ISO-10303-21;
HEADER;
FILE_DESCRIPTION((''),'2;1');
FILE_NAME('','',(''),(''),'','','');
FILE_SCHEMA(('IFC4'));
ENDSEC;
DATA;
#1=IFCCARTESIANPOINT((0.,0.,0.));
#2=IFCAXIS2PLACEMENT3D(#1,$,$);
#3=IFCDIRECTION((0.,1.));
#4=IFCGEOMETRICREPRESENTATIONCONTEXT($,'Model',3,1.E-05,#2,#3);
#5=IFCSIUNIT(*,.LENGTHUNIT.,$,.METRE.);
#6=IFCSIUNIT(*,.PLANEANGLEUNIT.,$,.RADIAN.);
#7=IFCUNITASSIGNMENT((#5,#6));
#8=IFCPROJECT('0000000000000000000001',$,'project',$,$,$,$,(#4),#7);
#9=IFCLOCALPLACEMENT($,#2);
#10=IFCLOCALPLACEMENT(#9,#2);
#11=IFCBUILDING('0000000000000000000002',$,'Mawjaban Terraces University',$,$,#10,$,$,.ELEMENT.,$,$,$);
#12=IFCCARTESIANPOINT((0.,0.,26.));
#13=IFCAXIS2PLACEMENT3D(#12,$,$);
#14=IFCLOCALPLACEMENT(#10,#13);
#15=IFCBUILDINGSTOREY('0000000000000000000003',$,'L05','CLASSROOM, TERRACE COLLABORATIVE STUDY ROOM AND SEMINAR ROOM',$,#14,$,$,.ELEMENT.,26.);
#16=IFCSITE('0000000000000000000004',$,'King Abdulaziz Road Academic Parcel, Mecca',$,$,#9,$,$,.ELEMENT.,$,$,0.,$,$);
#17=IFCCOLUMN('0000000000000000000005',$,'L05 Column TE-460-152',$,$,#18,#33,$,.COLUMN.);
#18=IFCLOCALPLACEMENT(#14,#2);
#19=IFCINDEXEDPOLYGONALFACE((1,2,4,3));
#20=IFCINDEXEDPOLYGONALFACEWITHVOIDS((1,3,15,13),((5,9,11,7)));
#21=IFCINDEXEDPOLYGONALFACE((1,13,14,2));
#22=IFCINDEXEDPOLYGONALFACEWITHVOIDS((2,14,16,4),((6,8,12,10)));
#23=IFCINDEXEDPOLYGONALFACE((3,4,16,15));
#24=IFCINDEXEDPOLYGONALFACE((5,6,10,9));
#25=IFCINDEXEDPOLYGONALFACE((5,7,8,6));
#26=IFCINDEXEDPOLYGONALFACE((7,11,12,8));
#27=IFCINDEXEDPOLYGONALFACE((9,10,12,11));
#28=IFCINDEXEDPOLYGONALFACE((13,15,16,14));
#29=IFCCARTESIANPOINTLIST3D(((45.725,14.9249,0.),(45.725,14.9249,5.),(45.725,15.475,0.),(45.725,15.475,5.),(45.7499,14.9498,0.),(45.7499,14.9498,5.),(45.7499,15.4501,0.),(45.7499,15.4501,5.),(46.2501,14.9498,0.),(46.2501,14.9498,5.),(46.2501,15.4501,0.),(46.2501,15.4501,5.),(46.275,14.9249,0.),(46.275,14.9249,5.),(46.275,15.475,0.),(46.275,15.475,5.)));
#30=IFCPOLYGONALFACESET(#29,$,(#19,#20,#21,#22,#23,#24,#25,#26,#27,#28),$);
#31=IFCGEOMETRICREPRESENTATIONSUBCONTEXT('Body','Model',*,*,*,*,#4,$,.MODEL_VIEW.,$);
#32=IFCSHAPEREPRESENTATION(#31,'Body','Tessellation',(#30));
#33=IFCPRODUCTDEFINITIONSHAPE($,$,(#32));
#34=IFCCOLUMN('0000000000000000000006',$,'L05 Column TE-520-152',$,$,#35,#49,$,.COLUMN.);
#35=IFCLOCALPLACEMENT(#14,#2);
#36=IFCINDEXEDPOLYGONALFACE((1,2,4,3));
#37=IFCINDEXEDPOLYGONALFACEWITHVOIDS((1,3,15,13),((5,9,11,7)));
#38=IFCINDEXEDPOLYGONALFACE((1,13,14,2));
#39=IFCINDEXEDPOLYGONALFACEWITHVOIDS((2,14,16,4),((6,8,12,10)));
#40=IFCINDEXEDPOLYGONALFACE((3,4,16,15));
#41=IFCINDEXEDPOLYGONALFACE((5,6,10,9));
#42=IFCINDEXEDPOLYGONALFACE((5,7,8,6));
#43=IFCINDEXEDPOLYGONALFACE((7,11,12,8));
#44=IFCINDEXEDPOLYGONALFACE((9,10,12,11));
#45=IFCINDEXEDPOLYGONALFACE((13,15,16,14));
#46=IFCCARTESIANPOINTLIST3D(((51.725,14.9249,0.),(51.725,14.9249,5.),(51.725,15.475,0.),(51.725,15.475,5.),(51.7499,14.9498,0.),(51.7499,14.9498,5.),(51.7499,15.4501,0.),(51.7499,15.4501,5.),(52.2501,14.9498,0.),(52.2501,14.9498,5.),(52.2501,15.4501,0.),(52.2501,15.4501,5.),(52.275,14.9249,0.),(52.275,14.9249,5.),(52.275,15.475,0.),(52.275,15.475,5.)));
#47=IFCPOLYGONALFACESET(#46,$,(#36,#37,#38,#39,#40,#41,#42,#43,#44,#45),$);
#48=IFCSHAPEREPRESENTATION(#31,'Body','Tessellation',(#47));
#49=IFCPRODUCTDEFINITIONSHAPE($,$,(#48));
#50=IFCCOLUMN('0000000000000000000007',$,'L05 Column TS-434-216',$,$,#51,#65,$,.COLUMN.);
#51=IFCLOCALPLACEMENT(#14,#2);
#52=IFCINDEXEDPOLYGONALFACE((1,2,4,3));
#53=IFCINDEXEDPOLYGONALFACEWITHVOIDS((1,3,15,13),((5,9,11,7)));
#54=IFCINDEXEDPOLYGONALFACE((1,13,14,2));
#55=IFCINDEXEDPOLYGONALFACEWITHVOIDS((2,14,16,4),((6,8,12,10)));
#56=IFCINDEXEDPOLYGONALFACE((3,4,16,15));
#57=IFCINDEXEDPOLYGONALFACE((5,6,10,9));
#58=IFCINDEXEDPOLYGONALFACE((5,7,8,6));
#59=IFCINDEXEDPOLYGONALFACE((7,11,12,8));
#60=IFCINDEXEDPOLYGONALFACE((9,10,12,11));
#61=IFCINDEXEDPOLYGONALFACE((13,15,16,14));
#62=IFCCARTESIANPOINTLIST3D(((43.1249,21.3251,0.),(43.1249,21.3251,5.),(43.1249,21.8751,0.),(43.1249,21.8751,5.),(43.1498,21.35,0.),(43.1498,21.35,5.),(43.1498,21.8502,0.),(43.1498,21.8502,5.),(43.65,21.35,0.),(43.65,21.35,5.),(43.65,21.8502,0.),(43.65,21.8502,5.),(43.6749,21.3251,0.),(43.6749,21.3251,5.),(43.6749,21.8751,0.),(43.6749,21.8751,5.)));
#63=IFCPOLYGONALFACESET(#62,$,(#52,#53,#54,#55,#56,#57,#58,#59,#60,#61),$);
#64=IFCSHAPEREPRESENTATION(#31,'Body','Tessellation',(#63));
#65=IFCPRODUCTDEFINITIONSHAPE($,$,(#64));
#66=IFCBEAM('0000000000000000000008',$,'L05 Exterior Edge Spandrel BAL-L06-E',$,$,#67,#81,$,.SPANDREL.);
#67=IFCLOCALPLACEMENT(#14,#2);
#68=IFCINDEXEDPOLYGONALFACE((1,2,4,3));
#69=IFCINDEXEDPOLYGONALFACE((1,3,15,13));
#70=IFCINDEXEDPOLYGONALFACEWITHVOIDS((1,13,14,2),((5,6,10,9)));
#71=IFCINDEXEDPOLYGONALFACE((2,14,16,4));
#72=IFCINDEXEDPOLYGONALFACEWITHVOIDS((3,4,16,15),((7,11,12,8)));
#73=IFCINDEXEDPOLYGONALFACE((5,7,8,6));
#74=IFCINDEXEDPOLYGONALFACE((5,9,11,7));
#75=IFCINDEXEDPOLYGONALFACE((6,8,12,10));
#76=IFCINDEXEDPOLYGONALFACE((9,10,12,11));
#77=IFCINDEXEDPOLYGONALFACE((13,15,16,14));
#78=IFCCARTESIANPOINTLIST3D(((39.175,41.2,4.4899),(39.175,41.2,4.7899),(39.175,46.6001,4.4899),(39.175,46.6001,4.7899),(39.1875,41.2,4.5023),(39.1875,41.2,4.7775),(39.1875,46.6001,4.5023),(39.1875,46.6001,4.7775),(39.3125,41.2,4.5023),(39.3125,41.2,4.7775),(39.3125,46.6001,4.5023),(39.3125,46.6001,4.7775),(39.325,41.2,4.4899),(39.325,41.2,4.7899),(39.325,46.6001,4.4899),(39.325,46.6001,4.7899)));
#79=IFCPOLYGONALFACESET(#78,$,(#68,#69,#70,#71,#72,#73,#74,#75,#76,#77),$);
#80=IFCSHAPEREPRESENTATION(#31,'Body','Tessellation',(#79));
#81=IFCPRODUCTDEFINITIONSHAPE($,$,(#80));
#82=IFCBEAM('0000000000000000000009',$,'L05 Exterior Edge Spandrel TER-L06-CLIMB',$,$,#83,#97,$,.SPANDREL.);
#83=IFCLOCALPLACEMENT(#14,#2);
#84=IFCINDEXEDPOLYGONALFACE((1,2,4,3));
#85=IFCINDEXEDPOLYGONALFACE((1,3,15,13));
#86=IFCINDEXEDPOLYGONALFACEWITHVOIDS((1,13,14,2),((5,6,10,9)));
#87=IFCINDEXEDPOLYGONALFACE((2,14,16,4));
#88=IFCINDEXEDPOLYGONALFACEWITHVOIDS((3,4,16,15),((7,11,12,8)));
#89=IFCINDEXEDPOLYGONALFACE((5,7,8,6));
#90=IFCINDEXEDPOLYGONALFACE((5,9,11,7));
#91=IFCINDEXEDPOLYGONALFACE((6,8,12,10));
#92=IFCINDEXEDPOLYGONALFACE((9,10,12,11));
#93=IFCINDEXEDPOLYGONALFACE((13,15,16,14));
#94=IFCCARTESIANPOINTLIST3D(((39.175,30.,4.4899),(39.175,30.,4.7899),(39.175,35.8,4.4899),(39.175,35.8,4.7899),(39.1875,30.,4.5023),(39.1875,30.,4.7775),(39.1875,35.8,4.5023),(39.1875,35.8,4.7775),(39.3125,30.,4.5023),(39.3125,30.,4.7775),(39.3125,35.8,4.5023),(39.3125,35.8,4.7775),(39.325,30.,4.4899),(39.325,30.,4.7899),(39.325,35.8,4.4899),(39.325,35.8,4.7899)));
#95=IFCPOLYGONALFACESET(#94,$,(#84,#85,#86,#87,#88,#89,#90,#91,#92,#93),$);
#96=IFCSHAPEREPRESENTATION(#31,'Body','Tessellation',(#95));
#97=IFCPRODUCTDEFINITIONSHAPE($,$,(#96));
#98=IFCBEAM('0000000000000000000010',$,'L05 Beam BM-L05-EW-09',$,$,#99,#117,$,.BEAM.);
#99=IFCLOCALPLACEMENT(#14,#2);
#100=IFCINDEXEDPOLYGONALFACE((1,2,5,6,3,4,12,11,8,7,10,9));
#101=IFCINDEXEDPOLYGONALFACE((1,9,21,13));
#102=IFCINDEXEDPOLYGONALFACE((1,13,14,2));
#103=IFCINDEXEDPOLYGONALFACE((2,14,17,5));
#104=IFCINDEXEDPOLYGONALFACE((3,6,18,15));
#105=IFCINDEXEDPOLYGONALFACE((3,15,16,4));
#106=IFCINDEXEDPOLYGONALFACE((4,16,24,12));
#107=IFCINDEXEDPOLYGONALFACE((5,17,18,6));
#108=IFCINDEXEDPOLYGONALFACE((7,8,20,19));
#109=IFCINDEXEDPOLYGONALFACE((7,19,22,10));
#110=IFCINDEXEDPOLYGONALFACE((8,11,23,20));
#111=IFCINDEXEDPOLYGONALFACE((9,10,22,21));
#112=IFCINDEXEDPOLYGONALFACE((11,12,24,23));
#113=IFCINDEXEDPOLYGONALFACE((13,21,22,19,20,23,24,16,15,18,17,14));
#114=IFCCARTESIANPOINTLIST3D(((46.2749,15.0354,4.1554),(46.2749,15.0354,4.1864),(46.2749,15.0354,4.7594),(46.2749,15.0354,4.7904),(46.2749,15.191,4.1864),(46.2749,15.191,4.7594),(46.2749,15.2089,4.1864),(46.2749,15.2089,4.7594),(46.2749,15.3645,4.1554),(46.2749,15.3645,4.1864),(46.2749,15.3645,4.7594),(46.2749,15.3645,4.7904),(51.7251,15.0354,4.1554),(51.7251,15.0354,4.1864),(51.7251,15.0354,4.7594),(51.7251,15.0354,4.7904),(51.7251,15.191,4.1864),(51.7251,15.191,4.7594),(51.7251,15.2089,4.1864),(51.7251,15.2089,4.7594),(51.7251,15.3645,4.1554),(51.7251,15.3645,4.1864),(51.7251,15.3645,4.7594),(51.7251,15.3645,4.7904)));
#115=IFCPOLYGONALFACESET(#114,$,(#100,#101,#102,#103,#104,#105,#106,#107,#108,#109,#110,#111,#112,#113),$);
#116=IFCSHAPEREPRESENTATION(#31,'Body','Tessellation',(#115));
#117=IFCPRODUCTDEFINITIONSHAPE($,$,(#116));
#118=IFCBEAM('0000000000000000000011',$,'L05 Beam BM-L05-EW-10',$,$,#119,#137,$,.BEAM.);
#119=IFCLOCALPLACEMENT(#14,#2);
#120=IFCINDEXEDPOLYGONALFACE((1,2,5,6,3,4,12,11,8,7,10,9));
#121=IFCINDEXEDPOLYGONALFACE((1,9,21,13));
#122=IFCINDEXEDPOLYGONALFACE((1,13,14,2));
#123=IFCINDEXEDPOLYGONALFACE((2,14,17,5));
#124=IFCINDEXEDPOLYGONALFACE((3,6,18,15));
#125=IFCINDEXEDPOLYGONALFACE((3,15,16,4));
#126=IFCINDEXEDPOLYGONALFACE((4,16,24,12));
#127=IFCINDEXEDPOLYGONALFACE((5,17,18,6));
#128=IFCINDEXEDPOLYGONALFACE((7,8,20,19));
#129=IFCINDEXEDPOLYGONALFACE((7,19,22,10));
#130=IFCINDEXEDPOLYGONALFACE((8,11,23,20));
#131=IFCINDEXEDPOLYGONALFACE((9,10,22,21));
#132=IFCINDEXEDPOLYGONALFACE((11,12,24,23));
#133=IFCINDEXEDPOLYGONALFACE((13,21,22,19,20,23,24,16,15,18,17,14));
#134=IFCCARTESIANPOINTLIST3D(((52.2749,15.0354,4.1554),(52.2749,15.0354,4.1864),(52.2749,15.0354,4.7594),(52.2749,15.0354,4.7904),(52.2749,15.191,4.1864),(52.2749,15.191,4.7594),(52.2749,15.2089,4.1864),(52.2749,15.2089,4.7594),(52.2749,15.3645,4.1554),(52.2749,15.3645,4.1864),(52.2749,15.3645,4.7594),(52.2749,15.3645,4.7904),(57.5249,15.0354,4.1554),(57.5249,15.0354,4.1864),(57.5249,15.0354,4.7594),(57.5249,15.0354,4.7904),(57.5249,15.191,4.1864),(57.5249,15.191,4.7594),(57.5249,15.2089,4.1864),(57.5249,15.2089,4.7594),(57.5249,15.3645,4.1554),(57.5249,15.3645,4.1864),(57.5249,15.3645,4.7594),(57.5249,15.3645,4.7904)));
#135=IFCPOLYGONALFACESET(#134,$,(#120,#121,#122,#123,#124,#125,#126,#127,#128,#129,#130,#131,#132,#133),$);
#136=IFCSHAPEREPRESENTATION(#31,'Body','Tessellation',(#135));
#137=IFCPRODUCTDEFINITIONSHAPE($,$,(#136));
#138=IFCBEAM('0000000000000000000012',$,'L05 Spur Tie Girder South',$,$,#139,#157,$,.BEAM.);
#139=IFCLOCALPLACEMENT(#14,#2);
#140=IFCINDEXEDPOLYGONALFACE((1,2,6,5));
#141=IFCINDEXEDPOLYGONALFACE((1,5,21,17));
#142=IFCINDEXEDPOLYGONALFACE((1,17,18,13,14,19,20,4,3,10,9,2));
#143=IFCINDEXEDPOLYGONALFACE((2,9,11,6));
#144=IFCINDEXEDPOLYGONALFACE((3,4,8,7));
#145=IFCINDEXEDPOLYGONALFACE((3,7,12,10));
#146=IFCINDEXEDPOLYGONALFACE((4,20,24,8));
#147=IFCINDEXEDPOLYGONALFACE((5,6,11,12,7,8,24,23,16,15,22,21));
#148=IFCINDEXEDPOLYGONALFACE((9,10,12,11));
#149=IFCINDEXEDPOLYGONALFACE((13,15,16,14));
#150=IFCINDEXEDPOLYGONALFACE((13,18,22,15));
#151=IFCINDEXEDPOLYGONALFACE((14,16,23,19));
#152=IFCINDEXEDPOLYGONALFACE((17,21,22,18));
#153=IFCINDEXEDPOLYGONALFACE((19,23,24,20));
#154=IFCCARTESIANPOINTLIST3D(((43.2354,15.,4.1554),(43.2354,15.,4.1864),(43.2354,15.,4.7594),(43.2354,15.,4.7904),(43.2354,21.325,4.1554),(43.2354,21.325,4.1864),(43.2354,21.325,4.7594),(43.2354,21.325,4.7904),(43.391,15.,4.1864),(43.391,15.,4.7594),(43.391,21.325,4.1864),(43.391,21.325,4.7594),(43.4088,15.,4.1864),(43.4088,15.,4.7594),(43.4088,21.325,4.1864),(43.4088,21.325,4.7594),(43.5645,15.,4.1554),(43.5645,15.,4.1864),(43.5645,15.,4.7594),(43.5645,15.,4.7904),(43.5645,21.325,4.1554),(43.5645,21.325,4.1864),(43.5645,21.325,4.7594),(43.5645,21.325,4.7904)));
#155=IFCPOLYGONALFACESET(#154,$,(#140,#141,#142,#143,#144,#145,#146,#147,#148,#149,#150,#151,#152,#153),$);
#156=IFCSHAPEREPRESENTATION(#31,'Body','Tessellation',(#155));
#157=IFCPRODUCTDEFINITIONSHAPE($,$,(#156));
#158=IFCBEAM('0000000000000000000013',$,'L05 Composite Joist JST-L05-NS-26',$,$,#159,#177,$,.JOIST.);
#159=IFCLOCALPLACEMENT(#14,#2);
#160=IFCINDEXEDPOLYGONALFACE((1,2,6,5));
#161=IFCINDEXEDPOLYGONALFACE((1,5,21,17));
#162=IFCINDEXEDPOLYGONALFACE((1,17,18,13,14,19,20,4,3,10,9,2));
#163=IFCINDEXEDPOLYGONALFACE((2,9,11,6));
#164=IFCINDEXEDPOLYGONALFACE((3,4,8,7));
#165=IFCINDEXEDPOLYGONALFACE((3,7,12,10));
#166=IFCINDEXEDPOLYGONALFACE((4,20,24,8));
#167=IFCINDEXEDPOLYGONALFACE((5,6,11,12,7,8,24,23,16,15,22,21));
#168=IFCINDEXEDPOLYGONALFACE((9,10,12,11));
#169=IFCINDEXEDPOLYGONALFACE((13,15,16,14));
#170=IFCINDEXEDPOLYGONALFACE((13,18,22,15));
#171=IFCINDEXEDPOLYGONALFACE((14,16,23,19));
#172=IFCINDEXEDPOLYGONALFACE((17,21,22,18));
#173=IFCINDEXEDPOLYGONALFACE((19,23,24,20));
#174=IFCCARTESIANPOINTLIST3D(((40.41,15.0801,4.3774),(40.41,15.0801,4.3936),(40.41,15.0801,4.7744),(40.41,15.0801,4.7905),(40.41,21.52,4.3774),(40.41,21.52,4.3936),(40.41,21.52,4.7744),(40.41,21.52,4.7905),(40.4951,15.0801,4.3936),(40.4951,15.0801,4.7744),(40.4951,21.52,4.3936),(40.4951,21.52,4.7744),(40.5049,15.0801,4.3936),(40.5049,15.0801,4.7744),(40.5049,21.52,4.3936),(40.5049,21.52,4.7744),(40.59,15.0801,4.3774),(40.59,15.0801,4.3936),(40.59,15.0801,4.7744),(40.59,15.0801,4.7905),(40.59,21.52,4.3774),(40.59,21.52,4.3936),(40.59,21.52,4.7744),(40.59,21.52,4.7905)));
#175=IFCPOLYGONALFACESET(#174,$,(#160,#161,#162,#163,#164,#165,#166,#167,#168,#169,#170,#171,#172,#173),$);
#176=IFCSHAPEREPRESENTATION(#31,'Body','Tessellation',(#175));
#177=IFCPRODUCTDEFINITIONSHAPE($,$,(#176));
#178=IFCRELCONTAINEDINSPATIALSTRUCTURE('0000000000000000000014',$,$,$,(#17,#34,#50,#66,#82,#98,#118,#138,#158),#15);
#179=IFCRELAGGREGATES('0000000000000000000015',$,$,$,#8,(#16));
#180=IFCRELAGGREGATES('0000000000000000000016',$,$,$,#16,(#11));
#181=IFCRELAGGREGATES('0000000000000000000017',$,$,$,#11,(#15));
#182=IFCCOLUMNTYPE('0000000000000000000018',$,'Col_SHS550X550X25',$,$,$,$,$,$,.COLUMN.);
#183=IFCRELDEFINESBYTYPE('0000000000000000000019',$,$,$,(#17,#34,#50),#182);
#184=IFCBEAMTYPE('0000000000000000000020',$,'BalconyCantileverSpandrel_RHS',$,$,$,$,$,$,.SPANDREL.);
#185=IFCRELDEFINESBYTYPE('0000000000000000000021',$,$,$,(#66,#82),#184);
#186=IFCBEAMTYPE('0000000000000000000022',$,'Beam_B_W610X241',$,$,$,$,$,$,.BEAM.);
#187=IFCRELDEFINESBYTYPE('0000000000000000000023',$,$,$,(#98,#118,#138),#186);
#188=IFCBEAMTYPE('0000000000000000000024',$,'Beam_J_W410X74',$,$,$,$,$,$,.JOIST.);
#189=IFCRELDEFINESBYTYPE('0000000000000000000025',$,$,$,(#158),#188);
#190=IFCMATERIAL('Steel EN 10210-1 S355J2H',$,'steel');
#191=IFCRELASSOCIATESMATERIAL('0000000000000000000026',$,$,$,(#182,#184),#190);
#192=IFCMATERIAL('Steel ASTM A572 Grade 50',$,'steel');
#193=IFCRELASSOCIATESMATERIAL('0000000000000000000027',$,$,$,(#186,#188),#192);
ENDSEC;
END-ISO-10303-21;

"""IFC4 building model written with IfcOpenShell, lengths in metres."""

from ifc_helpers import new_model, si_unit, direction, frame, origin, origin_2d, place, context, subcontext, project, spatial, hollow_rectangle, i_section, extrude, material, material_profile, profile_set, type_object, element, save


model = new_model("IFC4")

# Units and contexts
model_context = context("Model", 3, precision=1e-05, world=origin(), true_north=direction((0.0, 1.0)))
body_context = subcontext(model_context, "Body", "Model", "MODEL_VIEW")
ifc_project = project(units=[si_unit("LENGTHUNIT", "METRE"), si_unit("PLANEANGLEUNIT", "RADIAN")], contexts=[model_context])

# Site, building, storey
site_placement = place(None, origin())
site = spatial("IfcSite", under=ifc_project, at=site_placement, Name="King Abdulaziz Road Academic Parcel, Mecca", CompositionType="ELEMENT", RefElevation=0.0)
building_placement = place(site_placement, origin())
building = spatial("IfcBuilding", under=site, at=building_placement, Name="Mawjaban Terraces University", CompositionType="ELEMENT")
storey_placement = place(building_placement, frame((0.0, 0.0, 26.0)))
storey = spatial("IfcBuildingStorey", under=building, at=storey_placement, Name="L05", Description="CLASSROOM, TERRACE COLLABORATIVE STUDY ROOM AND SEMINAR ROOM", CompositionType="ELEMENT", Elevation=26.0)

# Columns
ifc_material_1 = material(Name="Steel EN 10210-1 S355J2H", Category="steel")
ifc_material_profile_1 = material_profile(ifc_material_1, hollow_rectangle(XDim=0.55, YDim=0.55, WallThickness=0.0249, at=origin_2d()), Name="SHS550X550X25")
ifc_profile_set_1 = profile_set([ifc_material_profile_1], Name="Steel EN 10210-1 S355J2H")
column_type = type_object("IfcColumnType", Name="Col_SHS550X550X25", PredefinedType="COLUMN", material=ifc_profile_set_1)
for number, where, z_axis, x_axis, name in (
    (1, (46.0, 15.2, 0.0), (0.0, 0.0, 1.0), (1.0, 0.0, 0.0), "L05 Column TE-460-152"),
    (2, (52.0, 15.2, 0.0), (0.0, 0.0, 1.0), (1.0, 0.0, 0.0), "L05 Column TE-520-152"),
    (3, (43.3999, 21.6001, 0.0), (0.0, 0.0, 1.0), (1.0, 0.0, 0.0), "L05 Column TS-434-216"),
):
    element("IfcColumn", number, at=place(storey_placement, frame(where, z_axis=z_axis, x_axis=x_axis)), inside=storey, type_object=column_type, Name=name, PredefinedType="COLUMN", context=body_context, shape_type="SweptSolid", body=[
        extrude(hollow_rectangle(XDim=0.55, YDim=0.55, WallThickness=0.0249, at=origin_2d()), origin(), (0.0, 0.0, 1.0), 5.0),
    ])

# Beams
ifc_material_profile_2 = material_profile(ifc_material_1, hollow_rectangle(XDim=0.1499, YDim=0.3, WallThickness=0.0125, at=origin_2d()), Name="RHS300X150X12.5")
ifc_profile_set_2 = profile_set([ifc_material_profile_2], Name="Steel EN 10210-1 S355J2H")
beam_type_1 = type_object("IfcBeamType", Name="BalconyCantileverSpandrel_RHS", PredefinedType="SPANDREL", material=ifc_profile_set_2)
beam_1_placement = place(storey_placement, frame((39.25, 41.2, 4.6399), z_axis=(0.0, 1.0, 0.0), x_axis=(-1.0, 0.0, 0.0)))
element("IfcBeam", 4, at=beam_1_placement, inside=storey, type_object=beam_type_1, Name="L05 Exterior Edge Spandrel BAL-L06-E", PredefinedType="SPANDREL", context=body_context, shape_type="SweptSolid", body=[
    extrude(hollow_rectangle(XDim=0.1499, YDim=0.3, WallThickness=0.0125, at=origin_2d()), origin(), (0.0, 0.0, 1.0), 5.4001),
])
beam_2_placement = place(storey_placement, frame((39.25, 30.0, 4.6399), z_axis=(0.0, 1.0, 0.0), x_axis=(-1.0, 0.0, 0.0)))
element("IfcBeam", 5, at=beam_2_placement, inside=storey, type_object=beam_type_1, Name="L05 Exterior Edge Spandrel TER-L06-CLIMB", PredefinedType="SPANDREL", context=body_context, shape_type="SweptSolid", body=[
    extrude(hollow_rectangle(XDim=0.1499, YDim=0.3, WallThickness=0.0125, at=origin_2d()), origin(), (0.0, 0.0, 1.0), 5.8),
])
ifc_material_2 = material(Name="Steel ASTM A572 Grade 50", Category="steel")
ifc_material_profile_3 = material_profile(ifc_material_2, i_section(OverallWidth=0.3291, OverallDepth=0.635, WebThickness=0.0178, FlangeThickness=0.031, at=origin_2d()), Name="W610X241")
ifc_profile_set_3 = profile_set([ifc_material_profile_3], Name="Steel ASTM A572 Grade 50")
beam_type_2 = type_object("IfcBeamType", Name="Beam_B_W610X241", PredefinedType="BEAM", material=ifc_profile_set_3)
beam_3_placement = place(storey_placement, frame((46.2749, 15.2, 4.4729), z_axis=(1.0, 0.0, 0.0), x_axis=(0.0, 1.0, 0.0)))
element("IfcBeam", 6, at=beam_3_placement, inside=storey, type_object=beam_type_2, Name="L05 Beam BM-L05-EW-09", PredefinedType="BEAM", context=body_context, shape_type="SweptSolid", body=[
    extrude(i_section(OverallWidth=0.3291, OverallDepth=0.635, WebThickness=0.0178, FlangeThickness=0.031, at=origin_2d()), origin(), (0.0, 0.0, 1.0), 5.4502),
])
beam_4_placement = place(storey_placement, frame((52.2749, 15.2, 4.4729), z_axis=(1.0, 0.0, 0.0), x_axis=(0.0, 1.0, 0.0)))
element("IfcBeam", 7, at=beam_4_placement, inside=storey, type_object=beam_type_2, Name="L05 Beam BM-L05-EW-10", PredefinedType="BEAM", context=body_context, shape_type="SweptSolid", body=[
    extrude(i_section(OverallWidth=0.3291, OverallDepth=0.635, WebThickness=0.0178, FlangeThickness=0.031, at=origin_2d()), origin(), (0.0, 0.0, 1.0), 5.25),
])
beam_5_placement = place(storey_placement, frame((43.3999, 15.0, 4.4729), z_axis=(0.0, 1.0, 0.0), x_axis=(-1.0, 0.0, 0.0)))
element("IfcBeam", 8, at=beam_5_placement, inside=storey, type_object=beam_type_2, Name="L05 Spur Tie Girder South", PredefinedType="BEAM", context=body_context, shape_type="SweptSolid", body=[
    extrude(i_section(OverallWidth=0.3291, OverallDepth=0.635, WebThickness=0.0178, FlangeThickness=0.031, at=origin_2d()), origin(), (0.0, 0.0, 1.0), 6.325),
])
ifc_material_profile_4 = material_profile(ifc_material_2, i_section(OverallWidth=0.1799, OverallDepth=0.4131, WebThickness=0.0098, FlangeThickness=0.0161, at=origin_2d()), Name="W410X74")
ifc_profile_set_4 = profile_set([ifc_material_profile_4], Name="Steel ASTM A572 Grade 50")
beam_type_3 = type_object("IfcBeamType", Name="Beam_J_W410X74", PredefinedType="JOIST", material=ifc_profile_set_4)
beam_6_placement = place(storey_placement, frame((40.5, 15.0801, 4.584), z_axis=(0.0, 1.0, 0.0), x_axis=(-1.0, 0.0, 0.0)))
element("IfcBeam", 9, at=beam_6_placement, inside=storey, type_object=beam_type_3, Name="L05 Composite Joist JST-L05-NS-26", PredefinedType="JOIST", context=body_context, shape_type="SweptSolid", body=[
    extrude(i_section(OverallWidth=0.1799, OverallDepth=0.4131, WebThickness=0.0098, FlangeThickness=0.0161, at=origin_2d()), origin(), (0.0, 0.0, 1.0), 6.4399),
])

save(model, "model.ifc")
